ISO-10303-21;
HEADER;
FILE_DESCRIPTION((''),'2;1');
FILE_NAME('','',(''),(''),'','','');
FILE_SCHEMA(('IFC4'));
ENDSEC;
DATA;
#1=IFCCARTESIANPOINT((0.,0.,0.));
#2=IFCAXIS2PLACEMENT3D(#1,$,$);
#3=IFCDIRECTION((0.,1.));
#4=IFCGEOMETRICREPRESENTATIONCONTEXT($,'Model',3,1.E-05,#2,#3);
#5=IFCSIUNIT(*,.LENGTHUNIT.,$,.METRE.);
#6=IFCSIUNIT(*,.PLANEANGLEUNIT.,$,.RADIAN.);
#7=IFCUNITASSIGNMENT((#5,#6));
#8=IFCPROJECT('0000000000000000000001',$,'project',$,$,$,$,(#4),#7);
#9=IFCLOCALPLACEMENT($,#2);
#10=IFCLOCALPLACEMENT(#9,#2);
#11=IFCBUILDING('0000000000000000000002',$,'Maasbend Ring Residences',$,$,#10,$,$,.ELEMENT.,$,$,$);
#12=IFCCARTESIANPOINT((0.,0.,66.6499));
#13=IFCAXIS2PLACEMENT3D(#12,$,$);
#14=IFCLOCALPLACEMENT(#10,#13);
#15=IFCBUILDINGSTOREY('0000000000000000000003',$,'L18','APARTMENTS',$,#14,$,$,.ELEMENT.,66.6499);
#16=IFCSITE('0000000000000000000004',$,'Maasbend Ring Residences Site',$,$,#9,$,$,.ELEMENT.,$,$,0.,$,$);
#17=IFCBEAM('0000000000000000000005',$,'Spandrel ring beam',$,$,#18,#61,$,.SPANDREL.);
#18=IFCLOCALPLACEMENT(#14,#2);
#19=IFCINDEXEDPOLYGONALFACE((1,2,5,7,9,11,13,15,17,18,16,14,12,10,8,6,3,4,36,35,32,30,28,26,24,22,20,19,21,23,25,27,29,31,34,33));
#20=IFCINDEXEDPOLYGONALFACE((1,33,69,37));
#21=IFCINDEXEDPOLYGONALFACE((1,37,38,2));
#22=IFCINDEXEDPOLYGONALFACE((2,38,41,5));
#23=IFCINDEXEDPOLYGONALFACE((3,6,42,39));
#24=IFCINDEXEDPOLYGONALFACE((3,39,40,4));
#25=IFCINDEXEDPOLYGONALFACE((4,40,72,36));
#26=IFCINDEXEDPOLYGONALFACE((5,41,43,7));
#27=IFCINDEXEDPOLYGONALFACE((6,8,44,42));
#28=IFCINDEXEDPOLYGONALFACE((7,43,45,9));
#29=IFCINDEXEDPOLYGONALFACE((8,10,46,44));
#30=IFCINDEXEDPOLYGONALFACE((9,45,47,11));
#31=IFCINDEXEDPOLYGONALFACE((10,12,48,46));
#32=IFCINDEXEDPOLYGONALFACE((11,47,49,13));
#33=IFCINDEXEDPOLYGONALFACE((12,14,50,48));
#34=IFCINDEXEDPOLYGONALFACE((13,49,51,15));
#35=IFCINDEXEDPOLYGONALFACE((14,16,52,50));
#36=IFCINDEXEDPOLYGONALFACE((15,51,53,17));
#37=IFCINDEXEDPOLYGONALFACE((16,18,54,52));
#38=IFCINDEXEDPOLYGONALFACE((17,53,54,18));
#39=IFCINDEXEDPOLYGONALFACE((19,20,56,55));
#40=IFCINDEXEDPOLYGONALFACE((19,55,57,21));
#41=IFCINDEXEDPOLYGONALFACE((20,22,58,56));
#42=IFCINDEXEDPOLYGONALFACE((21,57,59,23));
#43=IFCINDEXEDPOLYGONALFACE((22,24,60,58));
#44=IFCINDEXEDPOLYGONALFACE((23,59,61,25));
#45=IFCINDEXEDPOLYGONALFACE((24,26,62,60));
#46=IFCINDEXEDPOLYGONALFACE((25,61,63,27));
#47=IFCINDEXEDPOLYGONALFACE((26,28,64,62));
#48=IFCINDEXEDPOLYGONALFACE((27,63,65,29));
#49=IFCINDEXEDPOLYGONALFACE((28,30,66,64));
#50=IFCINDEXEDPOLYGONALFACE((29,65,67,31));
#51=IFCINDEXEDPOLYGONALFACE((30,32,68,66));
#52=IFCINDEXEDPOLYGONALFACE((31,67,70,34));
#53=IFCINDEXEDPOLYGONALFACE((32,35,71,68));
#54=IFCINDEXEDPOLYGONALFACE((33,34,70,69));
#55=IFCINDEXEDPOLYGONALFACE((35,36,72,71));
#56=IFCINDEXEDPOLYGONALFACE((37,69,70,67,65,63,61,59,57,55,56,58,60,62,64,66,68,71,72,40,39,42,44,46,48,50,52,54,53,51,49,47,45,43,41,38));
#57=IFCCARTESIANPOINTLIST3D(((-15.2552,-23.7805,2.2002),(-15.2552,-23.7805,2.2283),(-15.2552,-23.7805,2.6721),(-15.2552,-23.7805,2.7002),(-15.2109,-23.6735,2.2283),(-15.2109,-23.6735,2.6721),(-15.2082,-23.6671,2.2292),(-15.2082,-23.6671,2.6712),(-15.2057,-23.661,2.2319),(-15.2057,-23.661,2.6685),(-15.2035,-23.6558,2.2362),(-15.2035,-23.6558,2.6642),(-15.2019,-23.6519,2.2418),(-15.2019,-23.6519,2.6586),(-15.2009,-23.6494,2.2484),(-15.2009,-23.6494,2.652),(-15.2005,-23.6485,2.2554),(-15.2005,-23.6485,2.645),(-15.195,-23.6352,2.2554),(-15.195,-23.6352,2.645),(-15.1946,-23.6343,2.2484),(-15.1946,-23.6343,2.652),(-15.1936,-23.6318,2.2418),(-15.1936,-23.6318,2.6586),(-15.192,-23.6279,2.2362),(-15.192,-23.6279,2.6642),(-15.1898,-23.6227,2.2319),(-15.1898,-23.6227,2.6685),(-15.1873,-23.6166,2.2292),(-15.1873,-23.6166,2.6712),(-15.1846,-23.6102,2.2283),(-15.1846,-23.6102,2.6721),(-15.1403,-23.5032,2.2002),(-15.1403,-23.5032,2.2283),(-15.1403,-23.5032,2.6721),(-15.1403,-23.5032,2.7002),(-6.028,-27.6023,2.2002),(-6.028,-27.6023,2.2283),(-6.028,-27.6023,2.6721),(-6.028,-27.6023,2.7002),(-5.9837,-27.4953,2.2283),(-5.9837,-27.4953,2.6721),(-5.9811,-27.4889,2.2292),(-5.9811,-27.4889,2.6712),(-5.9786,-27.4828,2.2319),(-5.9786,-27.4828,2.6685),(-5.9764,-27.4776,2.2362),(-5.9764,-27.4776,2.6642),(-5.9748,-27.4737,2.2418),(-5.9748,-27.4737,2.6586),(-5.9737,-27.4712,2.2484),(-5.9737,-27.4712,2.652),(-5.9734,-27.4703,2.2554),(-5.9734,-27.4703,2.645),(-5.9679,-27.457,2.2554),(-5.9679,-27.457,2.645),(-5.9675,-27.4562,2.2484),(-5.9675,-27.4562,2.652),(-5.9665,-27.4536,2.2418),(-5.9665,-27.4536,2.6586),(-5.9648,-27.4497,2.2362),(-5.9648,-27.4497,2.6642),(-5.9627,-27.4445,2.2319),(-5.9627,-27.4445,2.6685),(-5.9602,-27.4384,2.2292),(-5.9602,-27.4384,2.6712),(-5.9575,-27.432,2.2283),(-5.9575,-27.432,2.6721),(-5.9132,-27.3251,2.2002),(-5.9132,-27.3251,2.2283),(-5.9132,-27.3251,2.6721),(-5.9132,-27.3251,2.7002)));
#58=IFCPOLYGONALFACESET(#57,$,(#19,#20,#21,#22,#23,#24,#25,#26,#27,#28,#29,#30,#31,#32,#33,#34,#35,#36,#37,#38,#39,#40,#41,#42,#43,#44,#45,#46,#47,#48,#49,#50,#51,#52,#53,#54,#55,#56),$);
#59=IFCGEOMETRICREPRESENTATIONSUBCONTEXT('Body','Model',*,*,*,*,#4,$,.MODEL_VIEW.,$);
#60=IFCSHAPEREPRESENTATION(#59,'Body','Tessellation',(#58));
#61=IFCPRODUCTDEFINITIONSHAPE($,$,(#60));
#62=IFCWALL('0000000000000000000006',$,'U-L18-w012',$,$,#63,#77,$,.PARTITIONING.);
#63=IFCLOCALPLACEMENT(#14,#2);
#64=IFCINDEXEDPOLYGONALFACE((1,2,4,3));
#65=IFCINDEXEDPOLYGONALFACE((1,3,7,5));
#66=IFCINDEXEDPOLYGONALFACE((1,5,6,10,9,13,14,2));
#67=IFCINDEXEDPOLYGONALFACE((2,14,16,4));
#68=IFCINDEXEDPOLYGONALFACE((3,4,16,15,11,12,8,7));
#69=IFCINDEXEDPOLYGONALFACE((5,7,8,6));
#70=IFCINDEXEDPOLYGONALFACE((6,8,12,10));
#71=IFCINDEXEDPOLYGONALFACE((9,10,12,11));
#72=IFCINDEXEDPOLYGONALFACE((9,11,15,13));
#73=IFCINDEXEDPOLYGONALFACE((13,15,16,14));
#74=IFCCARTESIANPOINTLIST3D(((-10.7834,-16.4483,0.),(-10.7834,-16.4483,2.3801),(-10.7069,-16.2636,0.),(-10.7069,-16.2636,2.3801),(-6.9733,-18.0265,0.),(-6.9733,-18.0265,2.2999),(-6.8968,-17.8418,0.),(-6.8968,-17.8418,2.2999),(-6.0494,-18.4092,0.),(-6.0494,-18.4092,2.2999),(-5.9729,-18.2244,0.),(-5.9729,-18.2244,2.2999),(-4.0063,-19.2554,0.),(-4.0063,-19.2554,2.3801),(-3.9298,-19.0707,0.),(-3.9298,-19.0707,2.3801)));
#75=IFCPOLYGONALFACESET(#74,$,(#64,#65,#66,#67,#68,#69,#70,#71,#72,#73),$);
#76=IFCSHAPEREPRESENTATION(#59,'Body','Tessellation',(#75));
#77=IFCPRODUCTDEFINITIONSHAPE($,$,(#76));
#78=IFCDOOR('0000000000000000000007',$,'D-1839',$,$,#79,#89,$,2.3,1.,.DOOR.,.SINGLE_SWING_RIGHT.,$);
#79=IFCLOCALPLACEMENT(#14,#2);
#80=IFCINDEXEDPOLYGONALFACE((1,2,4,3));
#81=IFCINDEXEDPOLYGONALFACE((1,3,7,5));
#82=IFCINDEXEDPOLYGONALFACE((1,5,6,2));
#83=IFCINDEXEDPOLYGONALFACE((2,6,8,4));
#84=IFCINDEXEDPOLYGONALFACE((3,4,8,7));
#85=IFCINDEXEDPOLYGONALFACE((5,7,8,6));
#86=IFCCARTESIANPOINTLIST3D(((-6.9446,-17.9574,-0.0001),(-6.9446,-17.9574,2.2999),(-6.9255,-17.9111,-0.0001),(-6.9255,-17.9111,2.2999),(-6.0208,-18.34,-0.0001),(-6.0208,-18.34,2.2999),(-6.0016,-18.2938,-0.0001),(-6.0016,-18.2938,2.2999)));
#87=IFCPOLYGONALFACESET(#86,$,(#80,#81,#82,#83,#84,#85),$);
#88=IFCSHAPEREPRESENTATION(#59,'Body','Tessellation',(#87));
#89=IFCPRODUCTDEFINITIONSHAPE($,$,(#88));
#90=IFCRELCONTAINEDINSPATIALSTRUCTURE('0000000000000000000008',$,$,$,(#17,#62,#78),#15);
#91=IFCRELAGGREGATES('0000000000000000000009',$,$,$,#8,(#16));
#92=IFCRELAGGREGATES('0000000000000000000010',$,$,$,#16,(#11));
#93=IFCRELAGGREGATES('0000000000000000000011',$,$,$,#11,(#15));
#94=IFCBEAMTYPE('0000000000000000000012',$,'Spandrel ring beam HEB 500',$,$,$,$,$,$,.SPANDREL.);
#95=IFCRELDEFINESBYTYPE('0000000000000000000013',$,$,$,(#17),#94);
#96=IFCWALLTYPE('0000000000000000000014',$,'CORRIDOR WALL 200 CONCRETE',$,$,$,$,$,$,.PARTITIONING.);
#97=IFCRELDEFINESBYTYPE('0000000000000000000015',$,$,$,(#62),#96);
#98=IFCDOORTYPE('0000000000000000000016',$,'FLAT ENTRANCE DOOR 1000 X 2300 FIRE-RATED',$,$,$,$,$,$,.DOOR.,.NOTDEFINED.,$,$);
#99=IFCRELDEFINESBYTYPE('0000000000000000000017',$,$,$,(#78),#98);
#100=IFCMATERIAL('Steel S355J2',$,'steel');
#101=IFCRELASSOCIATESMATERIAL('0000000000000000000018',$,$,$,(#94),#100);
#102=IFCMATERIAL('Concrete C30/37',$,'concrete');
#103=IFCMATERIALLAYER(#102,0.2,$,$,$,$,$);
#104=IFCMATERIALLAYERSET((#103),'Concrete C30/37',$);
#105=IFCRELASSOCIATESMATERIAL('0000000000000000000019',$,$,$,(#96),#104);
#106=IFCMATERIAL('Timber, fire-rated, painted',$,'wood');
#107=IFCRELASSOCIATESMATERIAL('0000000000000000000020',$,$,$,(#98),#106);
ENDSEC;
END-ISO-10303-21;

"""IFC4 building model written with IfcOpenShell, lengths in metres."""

from ifc_helpers import new_model, si_unit, direction, frame, frame_2d, origin, origin_2d, place, context, subcontext, project, spatial, rectangle, i_section, extrude, material, layer, layer_set, material_profile, profile_set, type_object, element, fill, save


model = new_model("IFC4")

# Units and contexts
model_context = context("Model", 3, precision=1e-05, world=origin(), true_north=direction((0.0, 1.0)))
body_context = subcontext(model_context, "Body", "Model", "MODEL_VIEW")
ifc_project = project(units=[si_unit("LENGTHUNIT", "METRE"), si_unit("PLANEANGLEUNIT", "RADIAN")], contexts=[model_context])

# Site, building, storey
site_placement = place(None, origin())
site = spatial("IfcSite", under=ifc_project, at=site_placement, Name="Maasbend Ring Residences Site", CompositionType="ELEMENT", RefElevation=0.0)
building_placement = place(site_placement, origin())
building = spatial("IfcBuilding", under=site, at=building_placement, Name="Maasbend Ring Residences", CompositionType="ELEMENT")
storey_placement = place(building_placement, frame((0.0, 0.0, 66.6499)))
storey = spatial("IfcBuildingStorey", under=building, at=storey_placement, Name="L18", Description="APARTMENTS", CompositionType="ELEMENT", Elevation=66.6499)

# Beam
ifc_material_1 = material(Name="Steel S355J2", Category="steel")
ifc_material_profile_1 = material_profile(ifc_material_1, i_section(OverallWidth=0.3, OverallDepth=0.5, WebThickness=0.0144, FlangeThickness=0.0281, FilletRadius=0.0271, at=origin_2d()), Name="HEB 500")
ifc_profile_set_1 = profile_set([ifc_material_profile_1], Name="Steel S355J2")
beam_type_1 = type_object("IfcBeamType", Name="Spandrel ring beam HEB 500", PredefinedType="SPANDREL", material=ifc_profile_set_1)
beam_1_placement = place(storey_placement, frame((-15.1978, -23.6418, 2.4502), z_axis=(0.923886, -0.382667, 0.0), x_axis=(0.382667, 0.923886, 0.0)))
element("IfcBeam", 1, at=beam_1_placement, inside=storey, type_object=beam_type_1, Name="Spandrel ring beam", PredefinedType="SPANDREL", context=body_context, shape_type="SweptSolid", body=[
    extrude(i_section(OverallWidth=0.3, OverallDepth=0.5, WebThickness=0.0144, FlangeThickness=0.0281, FilletRadius=0.0271, at=origin_2d()), origin(), (0.0, 0.0, 1.0), 9.9873),
])

# Wall, opening, door
ifc_material_2 = material(Name="Concrete C30/37", Category="concrete")
ifc_layer_1 = layer(ifc_material_2, 0.2)
ifc_layer_set_1 = layer_set([ifc_layer_1], Name="Concrete C30/37")
wall_type_1 = type_object("IfcWallType", Name="CORRIDOR WALL 200 CONCRETE", PredefinedType="PARTITIONING", material=ifc_layer_set_1)
wall_1_placement = place(storey_placement, frame((-10.7451, -16.356, 0.0), z_axis=(0.0, 0.0, 1.0), x_axis=(0.923881, -0.382679, 0.0)))
wall_1 = element("IfcWall", 2, at=wall_1_placement, inside=storey, type_object=wall_type_1, Name="U-L18-w012", PredefinedType="PARTITIONING", context=body_context, shape_type="SweptSolid", body=[
    extrude(rectangle(XDim=7.3354, YDim=0.2, at=frame_2d((3.6677, 0.0))), origin(), (0.0, 0.0, 1.0), 2.3801),
])
opening_1_placement = place(wall_1_placement, frame((4.124, 0.0, 0.0)))
opening_1 = element("IfcOpeningElement", 3, at=opening_1_placement, cuts=wall_1, PredefinedType="OPENING", context=body_context, shape_type="SweptSolid", body=[
    extrude(rectangle(XDim=1.0, YDim=2.3, at=frame_2d((0.5, 1.1499))), frame((0.0, 0.1099, 0.0), z_axis=(0.0, -1.0, 0.0), x_axis=(1.0, 0.0, 0.0)), (0.0, 0.0, 1.0), 0.22),
])
ifc_material_3 = material(Name="Timber, fire-rated, painted", Category="wood")
door_type_1 = type_object("IfcDoorType", Name="FLAT ENTRANCE DOOR 1000 X 2300 FIRE-RATED", OperationType="NOTDEFINED", PredefinedType="DOOR", material=ifc_material_3)
door_1_placement = place(opening_1_placement, origin())
door_1 = element("IfcDoor", 4, at=door_1_placement, inside=storey, type_object=door_type_1, Name="D-1839", OperationType="SINGLE_SWING_RIGHT", OverallHeight=2.3, OverallWidth=1.0, PredefinedType="DOOR", context=body_context, shape_type="SweptSolid", body=[
    extrude(rectangle(XDim=1.0, YDim=2.3, at=frame_2d((0.5, 1.1499))), frame((0.0, 0.0249, 0.0), z_axis=(0.0, -1.0, 0.0), x_axis=(1.0, 0.0, 0.0)), (0.0, 0.0, 1.0), 0.05),
])
fill(opening_1, door_1)

save(model, "model.ifc")
